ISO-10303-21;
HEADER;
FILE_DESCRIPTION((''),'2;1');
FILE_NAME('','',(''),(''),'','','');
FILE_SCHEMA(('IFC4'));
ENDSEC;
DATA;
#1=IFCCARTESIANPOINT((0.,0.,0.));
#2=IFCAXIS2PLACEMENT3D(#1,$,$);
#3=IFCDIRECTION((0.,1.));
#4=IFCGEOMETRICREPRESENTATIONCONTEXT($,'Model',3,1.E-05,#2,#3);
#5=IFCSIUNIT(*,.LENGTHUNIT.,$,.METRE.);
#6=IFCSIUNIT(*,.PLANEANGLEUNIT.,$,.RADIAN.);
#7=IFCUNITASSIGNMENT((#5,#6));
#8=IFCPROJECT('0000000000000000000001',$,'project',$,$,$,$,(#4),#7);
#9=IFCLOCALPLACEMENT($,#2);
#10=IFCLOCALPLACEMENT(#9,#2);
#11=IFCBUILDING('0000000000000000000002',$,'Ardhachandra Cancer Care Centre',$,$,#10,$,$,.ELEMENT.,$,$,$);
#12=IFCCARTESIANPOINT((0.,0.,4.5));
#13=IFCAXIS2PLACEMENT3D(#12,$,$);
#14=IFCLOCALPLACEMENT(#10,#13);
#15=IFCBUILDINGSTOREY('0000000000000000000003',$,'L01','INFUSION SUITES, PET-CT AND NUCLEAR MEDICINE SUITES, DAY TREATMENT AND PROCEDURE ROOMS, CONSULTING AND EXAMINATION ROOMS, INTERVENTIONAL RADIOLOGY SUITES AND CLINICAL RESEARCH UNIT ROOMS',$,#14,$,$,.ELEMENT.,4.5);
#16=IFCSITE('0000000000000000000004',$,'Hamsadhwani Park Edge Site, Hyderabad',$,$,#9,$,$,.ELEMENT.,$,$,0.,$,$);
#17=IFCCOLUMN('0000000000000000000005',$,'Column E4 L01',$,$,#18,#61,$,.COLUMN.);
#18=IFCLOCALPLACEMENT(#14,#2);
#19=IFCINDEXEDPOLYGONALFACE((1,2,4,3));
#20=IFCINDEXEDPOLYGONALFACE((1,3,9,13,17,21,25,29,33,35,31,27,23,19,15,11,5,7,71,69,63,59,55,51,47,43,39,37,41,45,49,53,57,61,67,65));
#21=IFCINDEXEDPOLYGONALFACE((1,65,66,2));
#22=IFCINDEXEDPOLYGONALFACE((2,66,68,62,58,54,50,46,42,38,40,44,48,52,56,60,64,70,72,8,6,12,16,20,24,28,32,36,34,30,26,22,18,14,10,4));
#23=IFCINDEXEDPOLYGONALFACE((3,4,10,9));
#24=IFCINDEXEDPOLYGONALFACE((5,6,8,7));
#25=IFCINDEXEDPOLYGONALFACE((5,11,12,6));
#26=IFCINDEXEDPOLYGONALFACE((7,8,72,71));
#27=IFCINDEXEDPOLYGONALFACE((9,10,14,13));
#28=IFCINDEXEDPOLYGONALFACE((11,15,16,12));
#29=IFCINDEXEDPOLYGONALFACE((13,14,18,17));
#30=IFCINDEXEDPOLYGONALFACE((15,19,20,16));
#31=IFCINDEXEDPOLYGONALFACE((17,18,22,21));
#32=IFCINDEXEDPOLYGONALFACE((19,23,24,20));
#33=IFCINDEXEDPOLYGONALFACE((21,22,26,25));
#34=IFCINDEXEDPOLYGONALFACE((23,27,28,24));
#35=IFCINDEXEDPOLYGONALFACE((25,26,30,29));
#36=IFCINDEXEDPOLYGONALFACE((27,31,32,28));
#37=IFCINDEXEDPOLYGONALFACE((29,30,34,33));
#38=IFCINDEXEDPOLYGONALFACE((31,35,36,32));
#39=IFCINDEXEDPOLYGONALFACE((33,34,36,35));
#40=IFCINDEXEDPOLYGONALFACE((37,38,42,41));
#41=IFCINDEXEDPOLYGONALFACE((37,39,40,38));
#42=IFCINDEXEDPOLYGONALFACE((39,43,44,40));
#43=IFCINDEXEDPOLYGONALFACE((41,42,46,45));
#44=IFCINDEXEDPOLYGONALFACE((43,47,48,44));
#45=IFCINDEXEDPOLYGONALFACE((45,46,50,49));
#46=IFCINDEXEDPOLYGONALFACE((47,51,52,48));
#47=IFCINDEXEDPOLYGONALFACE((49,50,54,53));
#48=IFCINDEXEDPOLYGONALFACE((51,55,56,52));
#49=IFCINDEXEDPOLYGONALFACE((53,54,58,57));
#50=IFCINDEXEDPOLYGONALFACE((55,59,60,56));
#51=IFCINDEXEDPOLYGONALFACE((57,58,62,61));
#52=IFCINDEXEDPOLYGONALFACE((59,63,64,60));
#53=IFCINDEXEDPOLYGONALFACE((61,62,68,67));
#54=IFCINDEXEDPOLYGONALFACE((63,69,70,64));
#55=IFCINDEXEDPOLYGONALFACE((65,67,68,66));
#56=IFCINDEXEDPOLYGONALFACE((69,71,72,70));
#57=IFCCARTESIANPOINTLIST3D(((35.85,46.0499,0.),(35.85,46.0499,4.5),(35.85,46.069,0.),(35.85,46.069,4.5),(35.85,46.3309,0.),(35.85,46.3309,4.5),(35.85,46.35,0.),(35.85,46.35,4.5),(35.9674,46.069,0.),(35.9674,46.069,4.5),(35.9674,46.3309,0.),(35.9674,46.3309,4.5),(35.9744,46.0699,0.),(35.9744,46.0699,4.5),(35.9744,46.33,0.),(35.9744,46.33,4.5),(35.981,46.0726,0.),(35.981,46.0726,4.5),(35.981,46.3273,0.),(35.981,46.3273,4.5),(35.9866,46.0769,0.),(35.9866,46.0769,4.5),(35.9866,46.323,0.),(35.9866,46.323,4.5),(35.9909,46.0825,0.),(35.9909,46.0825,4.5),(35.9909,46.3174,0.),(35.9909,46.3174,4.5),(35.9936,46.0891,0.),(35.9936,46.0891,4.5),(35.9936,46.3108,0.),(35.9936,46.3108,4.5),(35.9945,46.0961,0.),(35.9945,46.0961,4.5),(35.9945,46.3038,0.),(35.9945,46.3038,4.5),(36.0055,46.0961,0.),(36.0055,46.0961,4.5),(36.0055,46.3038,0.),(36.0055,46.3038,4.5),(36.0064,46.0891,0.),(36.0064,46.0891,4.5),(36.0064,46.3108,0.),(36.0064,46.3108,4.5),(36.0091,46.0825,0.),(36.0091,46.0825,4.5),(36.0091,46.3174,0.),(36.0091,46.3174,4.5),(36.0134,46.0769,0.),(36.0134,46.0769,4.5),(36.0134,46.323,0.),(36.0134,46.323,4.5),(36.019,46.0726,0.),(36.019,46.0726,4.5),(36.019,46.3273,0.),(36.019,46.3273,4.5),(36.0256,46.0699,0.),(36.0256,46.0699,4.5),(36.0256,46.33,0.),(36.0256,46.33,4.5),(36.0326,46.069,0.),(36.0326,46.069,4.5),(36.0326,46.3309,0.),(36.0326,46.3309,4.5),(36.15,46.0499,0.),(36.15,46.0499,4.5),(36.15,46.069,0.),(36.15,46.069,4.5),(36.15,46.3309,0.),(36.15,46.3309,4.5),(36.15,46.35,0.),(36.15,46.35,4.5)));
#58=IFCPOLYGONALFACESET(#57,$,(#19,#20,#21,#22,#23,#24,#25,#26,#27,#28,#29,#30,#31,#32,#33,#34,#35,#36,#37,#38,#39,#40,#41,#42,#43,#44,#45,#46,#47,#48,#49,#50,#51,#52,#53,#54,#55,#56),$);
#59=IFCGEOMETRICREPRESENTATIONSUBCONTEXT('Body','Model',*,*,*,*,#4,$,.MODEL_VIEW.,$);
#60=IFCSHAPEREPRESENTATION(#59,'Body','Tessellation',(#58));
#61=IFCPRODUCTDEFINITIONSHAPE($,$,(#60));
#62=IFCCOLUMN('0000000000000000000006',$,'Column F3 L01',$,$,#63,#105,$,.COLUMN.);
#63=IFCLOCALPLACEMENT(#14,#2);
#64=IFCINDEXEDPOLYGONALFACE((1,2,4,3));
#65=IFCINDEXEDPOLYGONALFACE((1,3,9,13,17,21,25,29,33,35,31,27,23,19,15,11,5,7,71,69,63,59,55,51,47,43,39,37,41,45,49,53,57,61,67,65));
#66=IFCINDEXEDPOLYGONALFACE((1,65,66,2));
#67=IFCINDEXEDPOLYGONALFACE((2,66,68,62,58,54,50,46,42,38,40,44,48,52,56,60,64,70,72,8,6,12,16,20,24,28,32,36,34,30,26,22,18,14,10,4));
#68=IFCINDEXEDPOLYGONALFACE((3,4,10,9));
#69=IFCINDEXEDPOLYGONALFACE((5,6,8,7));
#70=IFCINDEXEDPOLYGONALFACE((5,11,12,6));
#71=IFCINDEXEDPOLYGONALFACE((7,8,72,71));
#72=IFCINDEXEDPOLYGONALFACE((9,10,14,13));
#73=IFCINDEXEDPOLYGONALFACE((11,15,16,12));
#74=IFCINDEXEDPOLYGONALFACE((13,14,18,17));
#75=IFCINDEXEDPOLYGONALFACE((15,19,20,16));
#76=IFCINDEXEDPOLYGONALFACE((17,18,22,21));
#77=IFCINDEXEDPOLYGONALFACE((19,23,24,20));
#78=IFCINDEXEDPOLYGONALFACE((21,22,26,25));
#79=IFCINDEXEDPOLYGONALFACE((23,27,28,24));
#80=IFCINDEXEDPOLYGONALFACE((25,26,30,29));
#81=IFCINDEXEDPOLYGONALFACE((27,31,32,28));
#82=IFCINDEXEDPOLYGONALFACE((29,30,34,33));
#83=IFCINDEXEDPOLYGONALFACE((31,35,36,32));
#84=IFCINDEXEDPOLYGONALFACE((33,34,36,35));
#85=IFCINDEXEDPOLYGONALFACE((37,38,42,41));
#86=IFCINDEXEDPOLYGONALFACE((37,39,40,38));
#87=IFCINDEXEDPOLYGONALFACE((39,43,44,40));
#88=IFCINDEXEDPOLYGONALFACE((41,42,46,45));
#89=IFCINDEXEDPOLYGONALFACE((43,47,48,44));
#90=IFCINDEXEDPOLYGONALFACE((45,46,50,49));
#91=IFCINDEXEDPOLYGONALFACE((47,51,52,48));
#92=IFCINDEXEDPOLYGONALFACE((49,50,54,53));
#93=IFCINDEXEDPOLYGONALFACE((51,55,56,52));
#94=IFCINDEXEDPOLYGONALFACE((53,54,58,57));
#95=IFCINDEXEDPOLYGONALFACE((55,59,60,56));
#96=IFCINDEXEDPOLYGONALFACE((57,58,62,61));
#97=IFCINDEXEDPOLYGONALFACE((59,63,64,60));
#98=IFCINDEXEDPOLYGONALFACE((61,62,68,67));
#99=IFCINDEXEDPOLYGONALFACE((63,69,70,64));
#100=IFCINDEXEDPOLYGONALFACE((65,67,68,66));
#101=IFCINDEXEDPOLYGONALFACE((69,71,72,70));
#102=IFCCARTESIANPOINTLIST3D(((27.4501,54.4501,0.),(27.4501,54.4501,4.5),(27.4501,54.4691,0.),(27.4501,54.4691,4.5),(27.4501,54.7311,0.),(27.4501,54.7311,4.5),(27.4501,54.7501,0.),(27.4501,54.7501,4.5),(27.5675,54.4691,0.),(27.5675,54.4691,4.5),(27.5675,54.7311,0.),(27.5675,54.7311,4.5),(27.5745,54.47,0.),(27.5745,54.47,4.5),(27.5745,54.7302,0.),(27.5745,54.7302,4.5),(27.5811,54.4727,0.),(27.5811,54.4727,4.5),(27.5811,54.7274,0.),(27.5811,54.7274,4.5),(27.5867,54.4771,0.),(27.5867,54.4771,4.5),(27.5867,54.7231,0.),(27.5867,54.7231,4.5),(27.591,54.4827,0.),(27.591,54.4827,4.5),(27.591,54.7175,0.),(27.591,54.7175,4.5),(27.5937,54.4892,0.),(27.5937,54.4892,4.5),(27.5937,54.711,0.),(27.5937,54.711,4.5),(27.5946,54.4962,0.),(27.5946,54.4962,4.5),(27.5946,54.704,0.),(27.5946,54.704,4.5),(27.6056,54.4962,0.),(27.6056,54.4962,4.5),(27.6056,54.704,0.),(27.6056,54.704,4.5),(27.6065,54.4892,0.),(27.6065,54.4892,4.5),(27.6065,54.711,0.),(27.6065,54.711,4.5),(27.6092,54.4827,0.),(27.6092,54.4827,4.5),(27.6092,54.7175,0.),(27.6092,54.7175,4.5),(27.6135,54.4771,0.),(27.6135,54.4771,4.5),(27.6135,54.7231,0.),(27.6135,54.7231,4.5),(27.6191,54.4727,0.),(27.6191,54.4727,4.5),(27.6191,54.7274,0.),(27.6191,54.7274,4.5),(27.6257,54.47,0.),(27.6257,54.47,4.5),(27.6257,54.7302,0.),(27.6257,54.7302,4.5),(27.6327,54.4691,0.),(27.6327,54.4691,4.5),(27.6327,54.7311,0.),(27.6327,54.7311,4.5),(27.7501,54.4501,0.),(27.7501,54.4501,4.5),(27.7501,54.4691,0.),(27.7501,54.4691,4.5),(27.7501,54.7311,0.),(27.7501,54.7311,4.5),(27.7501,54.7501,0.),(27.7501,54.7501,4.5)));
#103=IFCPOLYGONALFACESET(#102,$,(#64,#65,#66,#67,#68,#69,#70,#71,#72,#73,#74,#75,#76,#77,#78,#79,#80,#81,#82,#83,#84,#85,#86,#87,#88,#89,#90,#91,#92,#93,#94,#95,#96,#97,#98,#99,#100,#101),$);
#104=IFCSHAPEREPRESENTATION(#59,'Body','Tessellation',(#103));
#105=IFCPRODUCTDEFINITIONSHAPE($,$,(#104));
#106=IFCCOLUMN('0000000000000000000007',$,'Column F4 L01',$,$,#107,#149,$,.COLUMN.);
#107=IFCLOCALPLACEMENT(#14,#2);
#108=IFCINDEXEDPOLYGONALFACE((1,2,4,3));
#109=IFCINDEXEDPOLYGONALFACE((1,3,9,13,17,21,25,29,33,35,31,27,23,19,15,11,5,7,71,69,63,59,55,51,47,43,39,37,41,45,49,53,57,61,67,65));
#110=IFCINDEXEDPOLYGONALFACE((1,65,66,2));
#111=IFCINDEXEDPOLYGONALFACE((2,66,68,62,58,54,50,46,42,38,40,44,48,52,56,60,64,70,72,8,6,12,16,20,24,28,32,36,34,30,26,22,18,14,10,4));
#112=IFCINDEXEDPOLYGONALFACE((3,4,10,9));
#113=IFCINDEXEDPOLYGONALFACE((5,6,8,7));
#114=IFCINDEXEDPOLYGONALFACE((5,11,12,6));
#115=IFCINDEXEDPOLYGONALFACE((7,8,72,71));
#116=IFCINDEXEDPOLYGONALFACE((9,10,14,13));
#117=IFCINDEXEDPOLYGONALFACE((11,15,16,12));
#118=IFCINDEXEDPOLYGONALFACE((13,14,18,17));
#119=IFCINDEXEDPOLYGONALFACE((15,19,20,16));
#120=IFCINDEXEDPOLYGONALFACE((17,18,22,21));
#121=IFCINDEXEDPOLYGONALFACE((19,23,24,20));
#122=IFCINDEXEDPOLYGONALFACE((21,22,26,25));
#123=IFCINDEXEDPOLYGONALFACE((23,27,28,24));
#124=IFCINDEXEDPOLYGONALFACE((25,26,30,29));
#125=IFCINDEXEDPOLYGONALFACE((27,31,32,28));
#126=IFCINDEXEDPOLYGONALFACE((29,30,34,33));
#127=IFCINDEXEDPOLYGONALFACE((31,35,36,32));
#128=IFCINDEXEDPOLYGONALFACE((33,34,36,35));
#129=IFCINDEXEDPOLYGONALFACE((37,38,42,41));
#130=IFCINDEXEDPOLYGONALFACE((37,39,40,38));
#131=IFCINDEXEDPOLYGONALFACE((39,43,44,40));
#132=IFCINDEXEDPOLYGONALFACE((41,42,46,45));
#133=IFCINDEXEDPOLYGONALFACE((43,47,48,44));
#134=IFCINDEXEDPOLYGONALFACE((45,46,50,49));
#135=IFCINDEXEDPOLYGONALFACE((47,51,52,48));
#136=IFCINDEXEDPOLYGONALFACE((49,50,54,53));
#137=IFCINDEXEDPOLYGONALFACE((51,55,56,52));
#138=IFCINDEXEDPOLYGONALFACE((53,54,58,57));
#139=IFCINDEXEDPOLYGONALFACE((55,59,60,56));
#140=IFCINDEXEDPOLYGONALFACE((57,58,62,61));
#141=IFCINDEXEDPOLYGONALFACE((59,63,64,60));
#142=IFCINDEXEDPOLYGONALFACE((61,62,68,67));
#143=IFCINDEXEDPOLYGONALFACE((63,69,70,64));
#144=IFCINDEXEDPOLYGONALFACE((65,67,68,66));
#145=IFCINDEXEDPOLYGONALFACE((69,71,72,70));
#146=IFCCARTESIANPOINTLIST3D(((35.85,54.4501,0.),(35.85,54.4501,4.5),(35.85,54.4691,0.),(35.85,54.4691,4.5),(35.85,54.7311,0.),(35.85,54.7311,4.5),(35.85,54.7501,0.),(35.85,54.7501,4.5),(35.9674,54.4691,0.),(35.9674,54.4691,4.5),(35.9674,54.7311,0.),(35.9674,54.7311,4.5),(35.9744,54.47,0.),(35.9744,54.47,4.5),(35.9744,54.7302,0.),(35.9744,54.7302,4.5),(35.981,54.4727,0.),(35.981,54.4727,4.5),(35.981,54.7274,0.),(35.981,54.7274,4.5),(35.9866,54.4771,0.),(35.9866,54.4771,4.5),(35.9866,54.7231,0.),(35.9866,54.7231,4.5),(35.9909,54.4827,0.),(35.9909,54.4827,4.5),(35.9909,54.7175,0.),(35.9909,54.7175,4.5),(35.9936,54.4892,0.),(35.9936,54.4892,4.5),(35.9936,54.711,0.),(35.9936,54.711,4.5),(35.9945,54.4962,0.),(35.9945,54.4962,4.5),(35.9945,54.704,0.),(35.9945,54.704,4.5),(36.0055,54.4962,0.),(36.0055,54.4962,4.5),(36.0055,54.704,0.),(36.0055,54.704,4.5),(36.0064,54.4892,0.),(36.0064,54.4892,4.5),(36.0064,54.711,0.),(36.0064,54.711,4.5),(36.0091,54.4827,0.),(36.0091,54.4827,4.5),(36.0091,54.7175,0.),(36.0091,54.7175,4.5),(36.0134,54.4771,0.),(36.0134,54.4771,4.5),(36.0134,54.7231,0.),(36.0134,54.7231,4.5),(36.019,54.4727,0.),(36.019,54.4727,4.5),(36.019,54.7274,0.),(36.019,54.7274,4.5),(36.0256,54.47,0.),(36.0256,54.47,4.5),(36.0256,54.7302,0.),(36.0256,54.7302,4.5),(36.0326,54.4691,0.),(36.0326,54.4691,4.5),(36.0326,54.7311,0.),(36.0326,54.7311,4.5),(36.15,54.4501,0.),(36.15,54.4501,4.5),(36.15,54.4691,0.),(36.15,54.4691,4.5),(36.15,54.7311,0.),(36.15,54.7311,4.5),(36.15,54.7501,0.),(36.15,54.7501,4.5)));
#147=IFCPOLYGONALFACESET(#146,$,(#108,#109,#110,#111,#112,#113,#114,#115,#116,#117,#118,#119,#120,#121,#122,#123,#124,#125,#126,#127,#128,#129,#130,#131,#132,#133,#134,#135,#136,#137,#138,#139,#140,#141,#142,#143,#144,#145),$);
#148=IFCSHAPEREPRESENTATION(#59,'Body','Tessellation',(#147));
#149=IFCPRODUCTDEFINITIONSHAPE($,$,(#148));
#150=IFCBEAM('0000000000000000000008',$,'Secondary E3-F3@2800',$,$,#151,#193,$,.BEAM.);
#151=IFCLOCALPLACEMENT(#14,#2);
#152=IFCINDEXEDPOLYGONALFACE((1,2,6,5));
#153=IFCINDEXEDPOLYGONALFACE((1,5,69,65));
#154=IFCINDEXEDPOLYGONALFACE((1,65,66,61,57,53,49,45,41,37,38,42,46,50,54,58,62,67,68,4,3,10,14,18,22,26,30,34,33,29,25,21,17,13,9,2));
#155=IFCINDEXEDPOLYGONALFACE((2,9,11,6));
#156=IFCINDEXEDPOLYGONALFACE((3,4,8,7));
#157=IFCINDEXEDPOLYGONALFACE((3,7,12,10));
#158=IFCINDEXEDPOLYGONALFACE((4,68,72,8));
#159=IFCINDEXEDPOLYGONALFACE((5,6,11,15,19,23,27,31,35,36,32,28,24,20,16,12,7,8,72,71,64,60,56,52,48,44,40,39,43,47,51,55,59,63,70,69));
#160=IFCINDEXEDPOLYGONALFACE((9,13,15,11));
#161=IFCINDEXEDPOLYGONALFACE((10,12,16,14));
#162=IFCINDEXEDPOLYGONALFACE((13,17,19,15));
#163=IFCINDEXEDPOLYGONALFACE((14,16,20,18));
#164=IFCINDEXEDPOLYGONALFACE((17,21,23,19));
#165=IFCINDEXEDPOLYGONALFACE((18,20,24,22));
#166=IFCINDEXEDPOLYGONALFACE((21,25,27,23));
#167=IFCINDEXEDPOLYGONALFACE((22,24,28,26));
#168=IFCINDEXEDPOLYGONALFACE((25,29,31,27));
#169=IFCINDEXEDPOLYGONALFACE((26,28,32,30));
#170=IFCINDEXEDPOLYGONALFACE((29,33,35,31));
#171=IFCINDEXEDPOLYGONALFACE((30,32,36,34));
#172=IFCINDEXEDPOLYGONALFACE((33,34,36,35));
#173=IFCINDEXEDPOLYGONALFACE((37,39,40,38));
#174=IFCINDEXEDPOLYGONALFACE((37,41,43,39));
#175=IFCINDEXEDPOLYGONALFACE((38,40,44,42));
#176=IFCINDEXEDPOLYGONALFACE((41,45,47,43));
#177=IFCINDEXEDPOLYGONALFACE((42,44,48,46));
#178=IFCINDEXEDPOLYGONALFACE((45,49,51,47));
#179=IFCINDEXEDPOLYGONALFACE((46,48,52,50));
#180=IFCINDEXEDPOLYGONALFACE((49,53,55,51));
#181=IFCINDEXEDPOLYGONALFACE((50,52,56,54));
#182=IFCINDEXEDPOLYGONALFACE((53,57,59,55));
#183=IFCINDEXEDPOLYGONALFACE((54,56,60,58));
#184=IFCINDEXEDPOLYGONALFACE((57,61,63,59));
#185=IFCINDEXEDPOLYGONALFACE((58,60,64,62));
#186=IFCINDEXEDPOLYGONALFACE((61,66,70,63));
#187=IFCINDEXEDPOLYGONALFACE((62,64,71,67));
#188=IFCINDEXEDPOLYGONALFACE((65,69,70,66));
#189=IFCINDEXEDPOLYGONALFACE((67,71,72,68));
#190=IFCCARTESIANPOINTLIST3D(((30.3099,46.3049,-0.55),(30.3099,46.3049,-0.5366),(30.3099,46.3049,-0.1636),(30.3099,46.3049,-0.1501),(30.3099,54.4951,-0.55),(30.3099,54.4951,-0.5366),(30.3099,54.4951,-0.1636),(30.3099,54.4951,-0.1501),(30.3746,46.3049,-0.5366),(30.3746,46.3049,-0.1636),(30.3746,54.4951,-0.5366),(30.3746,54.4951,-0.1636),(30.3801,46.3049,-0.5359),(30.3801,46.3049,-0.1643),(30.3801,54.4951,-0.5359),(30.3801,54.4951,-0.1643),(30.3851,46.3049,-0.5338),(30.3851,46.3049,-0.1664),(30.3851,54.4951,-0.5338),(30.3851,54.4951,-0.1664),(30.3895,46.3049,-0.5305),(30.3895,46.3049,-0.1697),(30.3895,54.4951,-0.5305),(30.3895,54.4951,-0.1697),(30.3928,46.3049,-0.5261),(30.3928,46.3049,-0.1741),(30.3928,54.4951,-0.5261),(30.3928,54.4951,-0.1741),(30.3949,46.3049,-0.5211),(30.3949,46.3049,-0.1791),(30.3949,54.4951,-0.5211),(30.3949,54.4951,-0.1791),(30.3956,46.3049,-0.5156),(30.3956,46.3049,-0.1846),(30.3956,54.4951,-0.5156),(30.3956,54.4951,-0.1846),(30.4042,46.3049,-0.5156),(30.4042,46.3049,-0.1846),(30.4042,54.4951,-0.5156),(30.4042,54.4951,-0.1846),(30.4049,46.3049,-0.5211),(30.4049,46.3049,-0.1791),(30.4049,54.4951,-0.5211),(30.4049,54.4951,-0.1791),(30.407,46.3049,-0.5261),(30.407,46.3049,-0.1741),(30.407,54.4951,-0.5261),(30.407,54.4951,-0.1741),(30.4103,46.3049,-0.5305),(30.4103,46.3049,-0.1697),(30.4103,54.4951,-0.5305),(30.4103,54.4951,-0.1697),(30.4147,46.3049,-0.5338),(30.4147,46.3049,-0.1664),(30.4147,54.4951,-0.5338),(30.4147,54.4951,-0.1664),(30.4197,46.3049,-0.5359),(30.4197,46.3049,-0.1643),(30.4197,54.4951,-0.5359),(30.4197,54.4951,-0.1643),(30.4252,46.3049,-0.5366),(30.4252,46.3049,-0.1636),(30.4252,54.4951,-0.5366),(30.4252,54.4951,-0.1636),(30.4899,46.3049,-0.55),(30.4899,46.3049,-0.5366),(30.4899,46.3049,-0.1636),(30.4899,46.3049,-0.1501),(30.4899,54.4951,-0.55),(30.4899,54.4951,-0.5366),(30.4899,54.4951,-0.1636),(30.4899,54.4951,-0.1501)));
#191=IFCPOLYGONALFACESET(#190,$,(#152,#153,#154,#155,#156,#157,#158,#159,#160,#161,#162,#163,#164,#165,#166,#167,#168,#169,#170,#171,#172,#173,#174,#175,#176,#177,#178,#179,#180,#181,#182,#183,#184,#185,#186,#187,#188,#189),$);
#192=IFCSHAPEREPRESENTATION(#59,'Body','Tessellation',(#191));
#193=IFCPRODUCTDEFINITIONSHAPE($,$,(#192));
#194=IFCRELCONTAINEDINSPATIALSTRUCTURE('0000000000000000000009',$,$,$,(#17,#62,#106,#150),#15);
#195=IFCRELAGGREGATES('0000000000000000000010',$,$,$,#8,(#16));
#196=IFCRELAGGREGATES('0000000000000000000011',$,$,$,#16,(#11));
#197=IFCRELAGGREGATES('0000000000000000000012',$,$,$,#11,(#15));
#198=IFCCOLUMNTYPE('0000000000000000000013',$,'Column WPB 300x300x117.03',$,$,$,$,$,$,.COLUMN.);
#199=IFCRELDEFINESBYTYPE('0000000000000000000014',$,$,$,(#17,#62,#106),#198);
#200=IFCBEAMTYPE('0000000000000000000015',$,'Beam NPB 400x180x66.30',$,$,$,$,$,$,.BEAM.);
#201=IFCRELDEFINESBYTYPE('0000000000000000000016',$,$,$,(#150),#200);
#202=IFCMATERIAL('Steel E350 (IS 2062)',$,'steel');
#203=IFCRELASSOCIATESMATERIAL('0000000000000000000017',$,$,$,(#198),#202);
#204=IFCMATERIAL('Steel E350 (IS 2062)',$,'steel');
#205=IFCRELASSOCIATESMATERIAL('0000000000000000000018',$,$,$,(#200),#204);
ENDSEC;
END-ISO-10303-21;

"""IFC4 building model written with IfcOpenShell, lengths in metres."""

from ifc_helpers import new_model, si_unit, direction, frame, origin, origin_2d, place, context, subcontext, project, spatial, i_section, extrude, material, material_profile, profile_set, type_object, element, save


model = new_model("IFC4")

# Units and contexts
model_context = context("Model", 3, precision=1e-05, world=origin(), true_north=direction((0.0, 1.0)))
body_context = subcontext(model_context, "Body", "Model", "MODEL_VIEW")
ifc_project = project(units=[si_unit("LENGTHUNIT", "METRE"), si_unit("PLANEANGLEUNIT", "RADIAN")], contexts=[model_context])

# Site, building, storey
site_placement = place(None, origin())
site = spatial("IfcSite", under=ifc_project, at=site_placement, Name="Hamsadhwani Park Edge Site, Hyderabad", CompositionType="ELEMENT", RefElevation=0.0)
building_placement = place(site_placement, origin())
building = spatial("IfcBuilding", under=site, at=building_placement, Name="Ardhachandra Cancer Care Centre", CompositionType="ELEMENT")
storey_placement = place(building_placement, frame((0.0, 0.0, 4.5)))
storey = spatial("IfcBuildingStorey", under=building, at=storey_placement, Name="L01", Description="INFUSION SUITES, PET-CT AND NUCLEAR MEDICINE SUITES, DAY TREATMENT AND PROCEDURE ROOMS, CONSULTING AND EXAMINATION ROOMS, INTERVENTIONAL RADIOLOGY SUITES AND CLINICAL RESEARCH UNIT ROOMS", CompositionType="ELEMENT", Elevation=4.5)

# Columns
ifc_material_1 = material(Name="Steel E350 (IS 2062)", Category="steel")
ifc_material_profile_1 = material_profile(ifc_material_1, i_section(OverallWidth=0.3, OverallDepth=0.3, WebThickness=0.011, FlangeThickness=0.019, FilletRadius=0.0271, at=origin_2d()), Name="WPB 300x300x117.03")
ifc_profile_set_1 = profile_set([ifc_material_profile_1], Name="Steel E350 (IS 2062)")
column_type = type_object("IfcColumnType", Name="Column WPB 300x300x117.03", PredefinedType="COLUMN", material=ifc_profile_set_1)
for number, where, z_axis, x_axis, name in (
    (1, (36.0, 46.2, 0.0), (0.0, 0.0, 1.0), (1.0, 0.0, 0.0), "Column E4 L01"),
    (2, (27.6001, 54.6001, 0.0), (0.0, 0.0, 1.0), (1.0, 0.0, 0.0), "Column F3 L01"),
    (3, (36.0, 54.6001, 0.0), (0.0, 0.0, 1.0), (1.0, 0.0, 0.0), "Column F4 L01"),
):
    element("IfcColumn", number, at=place(storey_placement, frame(where, z_axis=z_axis, x_axis=x_axis)), inside=storey, type_object=column_type, Name=name, PredefinedType="COLUMN", context=body_context, shape_type="SweptSolid", body=[
        extrude(i_section(OverallWidth=0.3, OverallDepth=0.3, WebThickness=0.011, FlangeThickness=0.019, FilletRadius=0.0271, at=origin_2d()), origin(), (0.0, 0.0, 1.0), 4.5),
    ])

# Beam
ifc_material_2 = material(Name="Steel E350 (IS 2062)", Category="steel")
ifc_material_profile_2 = material_profile(ifc_material_2, i_section(OverallWidth=0.1799, OverallDepth=0.3999, WebThickness=0.0085, FlangeThickness=0.0134, FilletRadius=0.021, at=origin_2d()), Name="NPB 400x180x66.30")
ifc_profile_set_2 = profile_set([ifc_material_profile_2], Name="Steel E350 (IS 2062)")
beam_type_1 = type_object("IfcBeamType", Name="Beam NPB 400x180x66.30", PredefinedType="BEAM", material=ifc_profile_set_2)
for number, where, z_axis, x_axis, name in (
    (4, (30.3999, 46.3049, -0.3501), (0.0, 1.0, 0.0), (-1.0, 0.0, 0.0), "Secondary E3-F3@2800"),
):
    element("IfcBeam", number, at=place(storey_placement, frame(where, z_axis=z_axis, x_axis=x_axis)), inside=storey, type_object=beam_type_1, Name=name, PredefinedType="BEAM", context=body_context, shape_type="SweptSolid", body=[
        extrude(i_section(OverallWidth=0.1799, OverallDepth=0.3999, WebThickness=0.0085, FlangeThickness=0.0134, FilletRadius=0.021, at=origin_2d()), origin(), (0.0, 0.0, 1.0), 8.1902),
    ])

save(model, "model.ifc")
